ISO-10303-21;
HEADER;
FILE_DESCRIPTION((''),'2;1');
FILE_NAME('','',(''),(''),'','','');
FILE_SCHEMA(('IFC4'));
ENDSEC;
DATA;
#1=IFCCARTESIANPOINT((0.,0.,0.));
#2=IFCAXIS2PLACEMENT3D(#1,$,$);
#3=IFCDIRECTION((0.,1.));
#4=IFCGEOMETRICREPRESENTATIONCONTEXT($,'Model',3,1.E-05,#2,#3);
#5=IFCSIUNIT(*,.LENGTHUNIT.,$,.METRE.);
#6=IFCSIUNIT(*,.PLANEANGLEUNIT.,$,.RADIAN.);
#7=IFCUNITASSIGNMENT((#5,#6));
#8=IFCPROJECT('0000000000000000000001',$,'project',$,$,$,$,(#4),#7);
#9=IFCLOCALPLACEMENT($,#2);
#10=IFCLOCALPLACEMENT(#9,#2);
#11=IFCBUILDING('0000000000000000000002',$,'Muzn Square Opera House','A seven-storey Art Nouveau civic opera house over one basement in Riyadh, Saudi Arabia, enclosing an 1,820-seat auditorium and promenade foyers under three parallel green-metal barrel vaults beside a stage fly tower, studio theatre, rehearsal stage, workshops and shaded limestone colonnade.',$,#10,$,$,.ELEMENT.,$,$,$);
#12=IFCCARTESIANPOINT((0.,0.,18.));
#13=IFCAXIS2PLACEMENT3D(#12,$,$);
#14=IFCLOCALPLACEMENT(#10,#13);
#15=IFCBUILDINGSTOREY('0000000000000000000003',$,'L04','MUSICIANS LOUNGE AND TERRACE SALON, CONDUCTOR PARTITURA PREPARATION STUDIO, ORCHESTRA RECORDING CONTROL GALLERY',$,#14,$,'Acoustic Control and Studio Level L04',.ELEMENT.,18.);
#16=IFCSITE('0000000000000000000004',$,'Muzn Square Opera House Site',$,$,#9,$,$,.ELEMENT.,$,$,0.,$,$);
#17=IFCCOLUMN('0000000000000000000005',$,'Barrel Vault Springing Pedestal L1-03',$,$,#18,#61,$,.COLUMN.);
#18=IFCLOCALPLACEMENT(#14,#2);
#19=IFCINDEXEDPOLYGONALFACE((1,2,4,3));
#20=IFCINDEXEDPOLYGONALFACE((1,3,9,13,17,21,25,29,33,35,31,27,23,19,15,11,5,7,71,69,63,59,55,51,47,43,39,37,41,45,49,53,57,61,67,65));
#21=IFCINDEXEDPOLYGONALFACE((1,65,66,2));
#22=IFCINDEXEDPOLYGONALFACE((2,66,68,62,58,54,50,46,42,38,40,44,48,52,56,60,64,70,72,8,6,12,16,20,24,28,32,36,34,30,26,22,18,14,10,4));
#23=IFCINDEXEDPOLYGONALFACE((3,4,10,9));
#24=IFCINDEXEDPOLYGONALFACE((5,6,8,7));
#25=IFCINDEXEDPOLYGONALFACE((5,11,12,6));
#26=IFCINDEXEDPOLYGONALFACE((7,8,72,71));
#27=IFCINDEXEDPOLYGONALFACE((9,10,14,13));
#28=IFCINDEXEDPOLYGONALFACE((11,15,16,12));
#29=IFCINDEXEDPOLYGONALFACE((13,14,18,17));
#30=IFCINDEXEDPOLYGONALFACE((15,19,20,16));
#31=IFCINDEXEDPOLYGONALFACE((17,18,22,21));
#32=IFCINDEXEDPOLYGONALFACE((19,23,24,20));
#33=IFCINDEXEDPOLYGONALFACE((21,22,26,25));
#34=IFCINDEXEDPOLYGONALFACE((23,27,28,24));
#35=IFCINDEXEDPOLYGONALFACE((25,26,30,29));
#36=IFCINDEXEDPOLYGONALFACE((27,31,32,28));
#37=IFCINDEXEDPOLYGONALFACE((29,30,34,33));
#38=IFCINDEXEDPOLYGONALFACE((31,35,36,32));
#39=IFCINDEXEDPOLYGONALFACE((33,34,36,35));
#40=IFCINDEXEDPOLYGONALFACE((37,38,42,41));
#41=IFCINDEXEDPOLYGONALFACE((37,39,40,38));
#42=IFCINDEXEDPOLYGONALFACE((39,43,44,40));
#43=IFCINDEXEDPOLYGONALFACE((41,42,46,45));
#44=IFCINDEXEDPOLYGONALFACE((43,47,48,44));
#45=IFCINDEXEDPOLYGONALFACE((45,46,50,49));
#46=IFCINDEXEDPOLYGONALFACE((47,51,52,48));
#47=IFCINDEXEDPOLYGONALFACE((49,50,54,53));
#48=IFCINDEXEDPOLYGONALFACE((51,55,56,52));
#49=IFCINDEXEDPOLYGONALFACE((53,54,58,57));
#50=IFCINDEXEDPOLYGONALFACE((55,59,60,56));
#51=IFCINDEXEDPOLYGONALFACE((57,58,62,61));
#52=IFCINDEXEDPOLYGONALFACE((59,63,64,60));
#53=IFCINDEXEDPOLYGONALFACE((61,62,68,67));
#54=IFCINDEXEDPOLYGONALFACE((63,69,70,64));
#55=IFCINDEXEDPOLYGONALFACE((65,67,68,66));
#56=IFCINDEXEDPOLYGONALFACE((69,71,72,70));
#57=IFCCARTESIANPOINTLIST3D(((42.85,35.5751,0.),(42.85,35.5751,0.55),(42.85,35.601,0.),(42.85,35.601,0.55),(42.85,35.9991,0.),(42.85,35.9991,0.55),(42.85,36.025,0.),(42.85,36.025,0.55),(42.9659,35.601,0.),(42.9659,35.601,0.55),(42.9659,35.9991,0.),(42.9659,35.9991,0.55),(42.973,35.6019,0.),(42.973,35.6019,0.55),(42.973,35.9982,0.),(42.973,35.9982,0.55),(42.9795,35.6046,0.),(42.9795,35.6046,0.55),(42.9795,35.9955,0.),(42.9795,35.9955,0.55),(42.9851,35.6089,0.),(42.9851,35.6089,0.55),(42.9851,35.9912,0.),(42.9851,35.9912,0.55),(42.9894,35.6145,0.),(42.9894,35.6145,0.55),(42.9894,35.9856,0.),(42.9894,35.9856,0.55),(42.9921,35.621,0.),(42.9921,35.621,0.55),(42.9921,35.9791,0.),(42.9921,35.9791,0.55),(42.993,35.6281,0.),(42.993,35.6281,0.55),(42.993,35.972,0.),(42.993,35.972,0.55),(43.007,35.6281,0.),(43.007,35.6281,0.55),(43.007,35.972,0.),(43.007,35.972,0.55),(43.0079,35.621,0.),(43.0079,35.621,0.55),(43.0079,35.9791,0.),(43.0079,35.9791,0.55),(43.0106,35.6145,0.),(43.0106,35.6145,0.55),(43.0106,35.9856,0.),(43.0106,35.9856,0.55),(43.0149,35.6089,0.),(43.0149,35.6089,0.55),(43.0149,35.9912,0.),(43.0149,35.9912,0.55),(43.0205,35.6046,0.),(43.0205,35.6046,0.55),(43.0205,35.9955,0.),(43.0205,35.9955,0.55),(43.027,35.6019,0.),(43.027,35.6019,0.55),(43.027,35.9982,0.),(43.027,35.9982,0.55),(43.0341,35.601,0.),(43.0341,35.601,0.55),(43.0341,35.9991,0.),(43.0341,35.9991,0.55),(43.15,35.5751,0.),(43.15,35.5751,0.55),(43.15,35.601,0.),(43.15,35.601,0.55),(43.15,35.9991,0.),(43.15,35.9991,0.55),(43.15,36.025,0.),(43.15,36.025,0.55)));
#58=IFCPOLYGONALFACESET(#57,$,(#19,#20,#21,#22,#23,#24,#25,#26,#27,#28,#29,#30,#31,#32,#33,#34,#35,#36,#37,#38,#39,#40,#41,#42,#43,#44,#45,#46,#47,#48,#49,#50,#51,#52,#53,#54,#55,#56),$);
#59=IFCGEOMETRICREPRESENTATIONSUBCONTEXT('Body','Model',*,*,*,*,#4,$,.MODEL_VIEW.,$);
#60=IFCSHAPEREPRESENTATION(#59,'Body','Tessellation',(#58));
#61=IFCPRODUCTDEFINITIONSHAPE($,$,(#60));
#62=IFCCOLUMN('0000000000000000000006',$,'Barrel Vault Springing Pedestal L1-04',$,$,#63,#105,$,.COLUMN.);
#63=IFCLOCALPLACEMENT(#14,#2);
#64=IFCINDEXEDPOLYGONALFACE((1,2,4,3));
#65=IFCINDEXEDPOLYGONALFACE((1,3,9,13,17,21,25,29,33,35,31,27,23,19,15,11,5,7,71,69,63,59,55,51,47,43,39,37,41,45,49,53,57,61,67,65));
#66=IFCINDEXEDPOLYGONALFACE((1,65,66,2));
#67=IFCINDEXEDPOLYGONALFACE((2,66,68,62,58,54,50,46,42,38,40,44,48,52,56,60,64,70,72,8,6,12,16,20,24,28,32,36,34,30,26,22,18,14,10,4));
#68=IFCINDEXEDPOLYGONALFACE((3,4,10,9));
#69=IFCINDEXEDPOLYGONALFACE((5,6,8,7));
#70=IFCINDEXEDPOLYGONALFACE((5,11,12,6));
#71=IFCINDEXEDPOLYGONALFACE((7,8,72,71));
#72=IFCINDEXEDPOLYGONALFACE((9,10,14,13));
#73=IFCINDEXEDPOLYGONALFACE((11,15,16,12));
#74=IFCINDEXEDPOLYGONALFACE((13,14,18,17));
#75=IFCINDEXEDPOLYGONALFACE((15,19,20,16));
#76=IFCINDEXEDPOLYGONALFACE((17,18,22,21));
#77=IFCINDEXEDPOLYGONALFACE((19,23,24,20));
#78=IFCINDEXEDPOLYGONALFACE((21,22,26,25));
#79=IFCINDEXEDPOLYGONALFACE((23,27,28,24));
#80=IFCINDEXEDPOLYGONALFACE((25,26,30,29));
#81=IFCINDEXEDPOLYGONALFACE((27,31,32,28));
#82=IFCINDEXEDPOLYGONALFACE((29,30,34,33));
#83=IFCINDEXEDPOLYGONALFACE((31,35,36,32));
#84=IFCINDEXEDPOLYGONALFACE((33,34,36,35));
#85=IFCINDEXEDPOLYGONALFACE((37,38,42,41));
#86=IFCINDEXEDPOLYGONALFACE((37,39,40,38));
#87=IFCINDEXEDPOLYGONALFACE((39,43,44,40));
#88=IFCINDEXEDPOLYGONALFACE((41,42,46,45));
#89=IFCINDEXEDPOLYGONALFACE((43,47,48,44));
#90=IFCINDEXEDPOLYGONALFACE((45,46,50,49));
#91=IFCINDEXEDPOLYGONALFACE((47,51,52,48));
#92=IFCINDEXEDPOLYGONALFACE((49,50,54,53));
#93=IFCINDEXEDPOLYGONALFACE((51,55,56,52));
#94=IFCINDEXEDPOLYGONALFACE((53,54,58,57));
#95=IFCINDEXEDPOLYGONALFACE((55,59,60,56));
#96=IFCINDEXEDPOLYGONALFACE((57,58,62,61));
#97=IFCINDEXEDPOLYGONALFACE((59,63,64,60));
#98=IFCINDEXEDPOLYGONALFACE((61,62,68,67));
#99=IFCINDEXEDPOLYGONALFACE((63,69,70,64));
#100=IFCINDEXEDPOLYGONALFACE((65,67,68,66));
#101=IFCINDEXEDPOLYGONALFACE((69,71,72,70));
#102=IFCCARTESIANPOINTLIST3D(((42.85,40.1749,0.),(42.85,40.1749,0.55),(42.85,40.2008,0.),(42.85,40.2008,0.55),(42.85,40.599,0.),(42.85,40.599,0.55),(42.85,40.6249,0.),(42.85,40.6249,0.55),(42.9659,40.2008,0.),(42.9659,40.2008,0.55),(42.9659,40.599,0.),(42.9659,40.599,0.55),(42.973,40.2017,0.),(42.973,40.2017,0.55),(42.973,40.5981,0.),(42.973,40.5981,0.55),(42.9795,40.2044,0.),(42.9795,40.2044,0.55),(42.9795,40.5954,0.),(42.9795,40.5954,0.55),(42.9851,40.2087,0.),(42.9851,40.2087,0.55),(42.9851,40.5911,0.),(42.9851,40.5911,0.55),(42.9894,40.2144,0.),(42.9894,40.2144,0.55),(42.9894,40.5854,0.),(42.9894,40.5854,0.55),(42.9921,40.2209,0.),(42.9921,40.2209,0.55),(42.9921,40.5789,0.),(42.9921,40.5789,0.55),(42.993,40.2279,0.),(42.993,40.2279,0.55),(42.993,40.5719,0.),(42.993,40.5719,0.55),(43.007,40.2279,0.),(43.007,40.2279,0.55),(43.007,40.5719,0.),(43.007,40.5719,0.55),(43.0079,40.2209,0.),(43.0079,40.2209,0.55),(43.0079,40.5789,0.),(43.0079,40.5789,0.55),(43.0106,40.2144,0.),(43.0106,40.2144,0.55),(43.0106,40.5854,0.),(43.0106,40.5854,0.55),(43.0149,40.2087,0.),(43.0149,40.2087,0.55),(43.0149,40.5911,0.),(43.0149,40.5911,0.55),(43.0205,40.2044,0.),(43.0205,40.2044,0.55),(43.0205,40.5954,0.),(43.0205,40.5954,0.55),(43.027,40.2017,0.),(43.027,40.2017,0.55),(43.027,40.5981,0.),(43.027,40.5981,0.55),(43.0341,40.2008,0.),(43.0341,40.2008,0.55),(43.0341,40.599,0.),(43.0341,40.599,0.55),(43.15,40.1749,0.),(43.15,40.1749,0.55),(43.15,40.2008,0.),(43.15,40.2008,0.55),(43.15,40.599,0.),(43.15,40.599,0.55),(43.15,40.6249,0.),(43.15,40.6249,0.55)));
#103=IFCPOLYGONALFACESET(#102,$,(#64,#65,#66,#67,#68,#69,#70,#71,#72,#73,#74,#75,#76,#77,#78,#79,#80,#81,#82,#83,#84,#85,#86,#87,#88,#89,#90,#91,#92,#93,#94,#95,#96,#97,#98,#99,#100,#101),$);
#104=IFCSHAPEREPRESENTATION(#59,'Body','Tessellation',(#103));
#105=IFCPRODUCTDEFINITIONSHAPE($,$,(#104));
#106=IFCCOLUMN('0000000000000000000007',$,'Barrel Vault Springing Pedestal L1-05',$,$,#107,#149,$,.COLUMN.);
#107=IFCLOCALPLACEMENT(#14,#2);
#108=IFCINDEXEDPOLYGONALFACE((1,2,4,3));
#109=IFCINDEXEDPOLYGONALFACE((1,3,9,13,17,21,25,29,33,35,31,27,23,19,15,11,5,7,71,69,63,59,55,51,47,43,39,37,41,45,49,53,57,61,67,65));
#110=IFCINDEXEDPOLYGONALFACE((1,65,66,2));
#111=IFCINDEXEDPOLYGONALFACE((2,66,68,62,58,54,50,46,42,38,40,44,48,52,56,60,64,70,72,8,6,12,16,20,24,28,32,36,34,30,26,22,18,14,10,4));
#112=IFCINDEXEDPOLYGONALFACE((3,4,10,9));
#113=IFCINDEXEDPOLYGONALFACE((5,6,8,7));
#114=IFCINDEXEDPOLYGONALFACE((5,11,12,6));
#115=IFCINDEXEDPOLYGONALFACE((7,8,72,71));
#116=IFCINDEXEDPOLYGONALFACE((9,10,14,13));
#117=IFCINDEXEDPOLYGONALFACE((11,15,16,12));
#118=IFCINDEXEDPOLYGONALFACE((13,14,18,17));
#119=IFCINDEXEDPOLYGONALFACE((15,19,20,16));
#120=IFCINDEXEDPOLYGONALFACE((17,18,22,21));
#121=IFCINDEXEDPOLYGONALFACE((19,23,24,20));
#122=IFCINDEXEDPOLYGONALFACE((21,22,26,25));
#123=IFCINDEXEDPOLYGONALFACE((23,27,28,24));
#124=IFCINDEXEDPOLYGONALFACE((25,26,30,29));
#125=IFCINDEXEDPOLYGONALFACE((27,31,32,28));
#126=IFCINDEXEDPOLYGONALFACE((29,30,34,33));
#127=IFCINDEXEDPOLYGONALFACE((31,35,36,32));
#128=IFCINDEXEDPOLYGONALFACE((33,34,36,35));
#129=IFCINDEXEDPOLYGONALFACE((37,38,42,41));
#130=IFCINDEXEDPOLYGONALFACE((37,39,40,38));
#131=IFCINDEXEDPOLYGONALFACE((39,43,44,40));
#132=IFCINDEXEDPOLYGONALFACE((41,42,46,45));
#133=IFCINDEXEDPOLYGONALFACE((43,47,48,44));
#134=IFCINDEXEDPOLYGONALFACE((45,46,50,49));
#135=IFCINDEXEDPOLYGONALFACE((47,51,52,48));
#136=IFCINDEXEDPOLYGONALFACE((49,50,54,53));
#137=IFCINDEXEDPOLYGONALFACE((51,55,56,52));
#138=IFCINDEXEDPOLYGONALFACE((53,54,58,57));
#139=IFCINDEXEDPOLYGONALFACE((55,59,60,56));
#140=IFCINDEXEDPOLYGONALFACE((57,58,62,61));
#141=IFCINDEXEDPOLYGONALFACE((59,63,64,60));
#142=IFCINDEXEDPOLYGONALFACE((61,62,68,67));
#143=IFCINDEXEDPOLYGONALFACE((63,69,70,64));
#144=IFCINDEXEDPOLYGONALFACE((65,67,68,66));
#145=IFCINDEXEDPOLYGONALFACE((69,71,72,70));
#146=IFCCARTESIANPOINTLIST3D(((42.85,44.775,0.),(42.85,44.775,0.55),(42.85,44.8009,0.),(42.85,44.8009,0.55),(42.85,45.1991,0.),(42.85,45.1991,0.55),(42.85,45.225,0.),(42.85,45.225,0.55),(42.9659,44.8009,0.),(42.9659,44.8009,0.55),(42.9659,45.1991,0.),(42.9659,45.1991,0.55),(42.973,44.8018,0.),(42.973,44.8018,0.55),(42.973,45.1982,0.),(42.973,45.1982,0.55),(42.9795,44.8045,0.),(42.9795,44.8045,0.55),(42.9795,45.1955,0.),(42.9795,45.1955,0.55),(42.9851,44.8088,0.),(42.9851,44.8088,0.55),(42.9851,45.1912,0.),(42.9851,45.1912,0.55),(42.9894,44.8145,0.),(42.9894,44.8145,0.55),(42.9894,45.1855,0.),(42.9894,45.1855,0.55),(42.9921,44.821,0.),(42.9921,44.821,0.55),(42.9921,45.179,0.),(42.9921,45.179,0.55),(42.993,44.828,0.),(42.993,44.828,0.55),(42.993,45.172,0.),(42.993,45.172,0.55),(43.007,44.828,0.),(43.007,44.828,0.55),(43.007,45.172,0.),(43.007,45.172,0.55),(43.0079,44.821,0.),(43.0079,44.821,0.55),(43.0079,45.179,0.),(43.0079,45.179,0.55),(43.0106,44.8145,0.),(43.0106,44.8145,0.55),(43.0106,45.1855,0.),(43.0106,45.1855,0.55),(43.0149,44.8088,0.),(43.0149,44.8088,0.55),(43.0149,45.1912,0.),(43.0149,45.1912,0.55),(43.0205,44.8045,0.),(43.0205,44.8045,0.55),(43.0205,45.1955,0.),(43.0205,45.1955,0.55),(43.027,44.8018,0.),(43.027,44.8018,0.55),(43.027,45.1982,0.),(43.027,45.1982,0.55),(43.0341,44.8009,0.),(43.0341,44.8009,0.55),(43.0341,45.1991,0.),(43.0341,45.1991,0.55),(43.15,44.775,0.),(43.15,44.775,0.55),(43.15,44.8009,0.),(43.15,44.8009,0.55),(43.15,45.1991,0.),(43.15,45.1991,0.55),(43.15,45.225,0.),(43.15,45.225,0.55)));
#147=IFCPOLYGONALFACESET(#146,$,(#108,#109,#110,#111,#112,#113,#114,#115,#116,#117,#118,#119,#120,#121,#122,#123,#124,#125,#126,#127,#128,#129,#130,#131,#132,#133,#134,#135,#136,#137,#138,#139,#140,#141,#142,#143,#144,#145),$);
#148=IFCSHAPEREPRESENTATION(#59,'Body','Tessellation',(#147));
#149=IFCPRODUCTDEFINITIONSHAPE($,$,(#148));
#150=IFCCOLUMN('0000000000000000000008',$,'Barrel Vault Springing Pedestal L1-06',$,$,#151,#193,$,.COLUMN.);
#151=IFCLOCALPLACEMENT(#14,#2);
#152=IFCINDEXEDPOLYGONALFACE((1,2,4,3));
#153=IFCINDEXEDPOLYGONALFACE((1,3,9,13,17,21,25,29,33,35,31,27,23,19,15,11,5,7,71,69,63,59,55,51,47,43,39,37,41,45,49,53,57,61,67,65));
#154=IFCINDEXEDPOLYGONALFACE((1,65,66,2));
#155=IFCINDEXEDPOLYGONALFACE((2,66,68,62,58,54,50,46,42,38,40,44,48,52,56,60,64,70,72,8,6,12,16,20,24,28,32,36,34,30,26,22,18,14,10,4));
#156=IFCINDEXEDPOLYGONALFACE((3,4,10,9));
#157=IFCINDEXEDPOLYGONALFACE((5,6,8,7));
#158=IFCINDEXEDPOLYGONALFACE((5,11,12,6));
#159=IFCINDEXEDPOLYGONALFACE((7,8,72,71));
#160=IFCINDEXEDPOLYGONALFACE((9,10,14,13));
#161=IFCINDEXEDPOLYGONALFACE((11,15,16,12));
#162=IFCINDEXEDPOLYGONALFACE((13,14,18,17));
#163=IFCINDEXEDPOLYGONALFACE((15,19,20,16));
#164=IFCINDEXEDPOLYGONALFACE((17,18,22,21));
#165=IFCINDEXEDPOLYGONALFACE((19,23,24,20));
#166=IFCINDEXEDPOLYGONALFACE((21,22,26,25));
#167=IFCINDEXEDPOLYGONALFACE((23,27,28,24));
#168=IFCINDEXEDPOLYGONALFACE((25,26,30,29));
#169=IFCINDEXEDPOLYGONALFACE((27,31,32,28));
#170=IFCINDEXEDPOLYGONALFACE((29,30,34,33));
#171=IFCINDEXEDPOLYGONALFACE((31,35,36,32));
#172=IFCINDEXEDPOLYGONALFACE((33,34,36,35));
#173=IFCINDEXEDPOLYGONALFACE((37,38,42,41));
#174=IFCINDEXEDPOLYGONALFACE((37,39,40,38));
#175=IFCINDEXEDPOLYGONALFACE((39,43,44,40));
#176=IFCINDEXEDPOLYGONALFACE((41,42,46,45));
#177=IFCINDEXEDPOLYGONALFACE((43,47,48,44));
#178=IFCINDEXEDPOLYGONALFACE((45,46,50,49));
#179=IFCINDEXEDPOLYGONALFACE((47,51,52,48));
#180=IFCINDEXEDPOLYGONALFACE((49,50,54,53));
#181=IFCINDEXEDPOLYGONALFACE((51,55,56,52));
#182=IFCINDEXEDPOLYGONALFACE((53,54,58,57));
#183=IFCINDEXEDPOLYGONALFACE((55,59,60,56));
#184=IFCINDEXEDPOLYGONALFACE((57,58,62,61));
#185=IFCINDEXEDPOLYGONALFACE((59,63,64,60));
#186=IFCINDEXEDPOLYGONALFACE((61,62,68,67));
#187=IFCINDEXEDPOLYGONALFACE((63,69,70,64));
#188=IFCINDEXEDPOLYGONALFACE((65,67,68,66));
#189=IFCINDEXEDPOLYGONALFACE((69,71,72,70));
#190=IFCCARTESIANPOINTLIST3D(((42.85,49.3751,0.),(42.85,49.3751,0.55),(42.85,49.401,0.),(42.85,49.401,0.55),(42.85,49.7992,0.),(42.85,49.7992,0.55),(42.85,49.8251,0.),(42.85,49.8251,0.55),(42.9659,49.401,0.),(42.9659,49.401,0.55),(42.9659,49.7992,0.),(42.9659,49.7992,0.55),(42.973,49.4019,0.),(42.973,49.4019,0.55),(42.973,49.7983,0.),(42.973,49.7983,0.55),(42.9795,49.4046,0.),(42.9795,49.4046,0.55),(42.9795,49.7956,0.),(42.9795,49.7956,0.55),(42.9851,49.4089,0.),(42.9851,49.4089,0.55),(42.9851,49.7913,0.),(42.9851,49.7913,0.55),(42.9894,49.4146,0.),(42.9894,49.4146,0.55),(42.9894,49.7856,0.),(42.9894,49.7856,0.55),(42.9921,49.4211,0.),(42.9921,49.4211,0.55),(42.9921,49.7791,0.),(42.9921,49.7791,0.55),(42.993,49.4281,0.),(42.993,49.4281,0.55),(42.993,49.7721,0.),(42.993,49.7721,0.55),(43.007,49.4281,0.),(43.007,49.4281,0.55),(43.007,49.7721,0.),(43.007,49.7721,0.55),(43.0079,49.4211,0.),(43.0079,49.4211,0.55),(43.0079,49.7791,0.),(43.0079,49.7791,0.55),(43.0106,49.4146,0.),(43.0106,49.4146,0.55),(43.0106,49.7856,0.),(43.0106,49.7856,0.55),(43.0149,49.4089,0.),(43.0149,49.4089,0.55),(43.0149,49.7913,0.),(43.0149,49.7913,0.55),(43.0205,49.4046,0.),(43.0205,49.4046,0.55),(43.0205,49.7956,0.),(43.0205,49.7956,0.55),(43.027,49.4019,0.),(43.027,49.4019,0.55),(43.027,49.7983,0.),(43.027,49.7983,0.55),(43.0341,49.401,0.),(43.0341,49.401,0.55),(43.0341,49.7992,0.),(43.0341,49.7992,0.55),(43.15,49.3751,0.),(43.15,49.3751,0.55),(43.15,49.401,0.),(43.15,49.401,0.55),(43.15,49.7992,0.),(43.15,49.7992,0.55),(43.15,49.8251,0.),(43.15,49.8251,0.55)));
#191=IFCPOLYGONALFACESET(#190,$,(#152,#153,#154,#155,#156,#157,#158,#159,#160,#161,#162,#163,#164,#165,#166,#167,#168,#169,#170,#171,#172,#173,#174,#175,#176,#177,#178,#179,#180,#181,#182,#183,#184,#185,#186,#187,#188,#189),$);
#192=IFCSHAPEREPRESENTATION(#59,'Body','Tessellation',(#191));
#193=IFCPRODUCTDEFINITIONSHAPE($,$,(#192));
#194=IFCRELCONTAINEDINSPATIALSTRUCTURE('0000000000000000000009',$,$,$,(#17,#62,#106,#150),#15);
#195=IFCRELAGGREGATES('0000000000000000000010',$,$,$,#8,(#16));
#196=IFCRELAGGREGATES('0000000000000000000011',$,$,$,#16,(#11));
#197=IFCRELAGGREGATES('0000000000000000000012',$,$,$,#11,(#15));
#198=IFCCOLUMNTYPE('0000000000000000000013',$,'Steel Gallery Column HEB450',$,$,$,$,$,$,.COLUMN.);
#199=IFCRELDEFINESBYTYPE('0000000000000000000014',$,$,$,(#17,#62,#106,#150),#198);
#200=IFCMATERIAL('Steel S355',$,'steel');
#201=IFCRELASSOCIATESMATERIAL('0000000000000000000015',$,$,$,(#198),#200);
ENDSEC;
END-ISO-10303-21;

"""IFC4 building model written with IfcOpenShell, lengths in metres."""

from ifc_helpers import new_model, si_unit, direction, frame, origin, origin_2d, place, context, subcontext, project, spatial, i_section, extrude, material, material_profile, profile_set, type_object, element, save


model = new_model("IFC4")

# Units and contexts
model_context = context("Model", 3, precision=1e-05, world=origin(), true_north=direction((0.0, 1.0)))
body_context = subcontext(model_context, "Body", "Model", "MODEL_VIEW")
ifc_project = project(units=[si_unit("LENGTHUNIT", "METRE"), si_unit("PLANEANGLEUNIT", "RADIAN")], contexts=[model_context])

# Site, building, storey
site_placement = place(None, origin())
site = spatial("IfcSite", under=ifc_project, at=site_placement, Name="Muzn Square Opera House Site", CompositionType="ELEMENT", RefElevation=0.0)
building_placement = place(site_placement, origin())
building = spatial("IfcBuilding", under=site, at=building_placement, Name="Muzn Square Opera House", Description="A seven-storey Art Nouveau civic opera house over one basement in Riyadh, Saudi Arabia, enclosing an 1,820-seat auditorium and promenade foyers under three parallel green-metal barrel vaults beside a stage fly tower, studio theatre, rehearsal stage, workshops and shaded limestone colonnade.", CompositionType="ELEMENT")
storey_placement = place(building_placement, frame((0.0, 0.0, 18.0)))
storey = spatial("IfcBuildingStorey", under=building, at=storey_placement, Name="L04", Description="MUSICIANS LOUNGE AND TERRACE SALON, CONDUCTOR PARTITURA PREPARATION STUDIO, ORCHESTRA RECORDING CONTROL GALLERY", LongName="Acoustic Control and Studio Level L04", CompositionType="ELEMENT", Elevation=18.0)

# Columns
ifc_material_1 = material(Name="Steel S355", Category="steel")
ifc_material_profile_1 = material_profile(ifc_material_1, i_section(OverallWidth=0.3, OverallDepth=0.45, WebThickness=0.0139, FlangeThickness=0.0259, FilletRadius=0.0271, at=origin_2d()), Name="HEB 450", Category="steel")
ifc_profile_set_1 = profile_set([ifc_material_profile_1], Name="Steel S355")
column_type = type_object("IfcColumnType", Name="Steel Gallery Column HEB450", PredefinedType="COLUMN", material=ifc_profile_set_1)
for number, where, z_axis, x_axis, name in (
    (1, (43.0, 35.8, 0.0), (0.0, 0.0, 1.0), (1.0, 0.0, 0.0), "Barrel Vault Springing Pedestal L1-03"),
    (2, (43.0, 40.3999, 0.0), (0.0, 0.0, 1.0), (1.0, 0.0, 0.0), "Barrel Vault Springing Pedestal L1-04"),
    (3, (43.0, 45.0, 0.0), (0.0, 0.0, 1.0), (1.0, 0.0, 0.0), "Barrel Vault Springing Pedestal L1-05"),
    (4, (43.0, 49.6001, 0.0), (0.0, 0.0, 1.0), (1.0, 0.0, 0.0), "Barrel Vault Springing Pedestal L1-06"),
):
    element("IfcColumn", number, at=place(storey_placement, frame(where, z_axis=z_axis, x_axis=x_axis)), inside=storey, type_object=column_type, Name=name, PredefinedType="COLUMN", context=body_context, shape_type="SweptSolid", body=[
        extrude(i_section(OverallWidth=0.3, OverallDepth=0.45, WebThickness=0.0139, FlangeThickness=0.0259, FilletRadius=0.0271, at=origin_2d()), origin(), (0.0, 0.0, 1.0), 0.55),
    ])

save(model, "model.ifc")
